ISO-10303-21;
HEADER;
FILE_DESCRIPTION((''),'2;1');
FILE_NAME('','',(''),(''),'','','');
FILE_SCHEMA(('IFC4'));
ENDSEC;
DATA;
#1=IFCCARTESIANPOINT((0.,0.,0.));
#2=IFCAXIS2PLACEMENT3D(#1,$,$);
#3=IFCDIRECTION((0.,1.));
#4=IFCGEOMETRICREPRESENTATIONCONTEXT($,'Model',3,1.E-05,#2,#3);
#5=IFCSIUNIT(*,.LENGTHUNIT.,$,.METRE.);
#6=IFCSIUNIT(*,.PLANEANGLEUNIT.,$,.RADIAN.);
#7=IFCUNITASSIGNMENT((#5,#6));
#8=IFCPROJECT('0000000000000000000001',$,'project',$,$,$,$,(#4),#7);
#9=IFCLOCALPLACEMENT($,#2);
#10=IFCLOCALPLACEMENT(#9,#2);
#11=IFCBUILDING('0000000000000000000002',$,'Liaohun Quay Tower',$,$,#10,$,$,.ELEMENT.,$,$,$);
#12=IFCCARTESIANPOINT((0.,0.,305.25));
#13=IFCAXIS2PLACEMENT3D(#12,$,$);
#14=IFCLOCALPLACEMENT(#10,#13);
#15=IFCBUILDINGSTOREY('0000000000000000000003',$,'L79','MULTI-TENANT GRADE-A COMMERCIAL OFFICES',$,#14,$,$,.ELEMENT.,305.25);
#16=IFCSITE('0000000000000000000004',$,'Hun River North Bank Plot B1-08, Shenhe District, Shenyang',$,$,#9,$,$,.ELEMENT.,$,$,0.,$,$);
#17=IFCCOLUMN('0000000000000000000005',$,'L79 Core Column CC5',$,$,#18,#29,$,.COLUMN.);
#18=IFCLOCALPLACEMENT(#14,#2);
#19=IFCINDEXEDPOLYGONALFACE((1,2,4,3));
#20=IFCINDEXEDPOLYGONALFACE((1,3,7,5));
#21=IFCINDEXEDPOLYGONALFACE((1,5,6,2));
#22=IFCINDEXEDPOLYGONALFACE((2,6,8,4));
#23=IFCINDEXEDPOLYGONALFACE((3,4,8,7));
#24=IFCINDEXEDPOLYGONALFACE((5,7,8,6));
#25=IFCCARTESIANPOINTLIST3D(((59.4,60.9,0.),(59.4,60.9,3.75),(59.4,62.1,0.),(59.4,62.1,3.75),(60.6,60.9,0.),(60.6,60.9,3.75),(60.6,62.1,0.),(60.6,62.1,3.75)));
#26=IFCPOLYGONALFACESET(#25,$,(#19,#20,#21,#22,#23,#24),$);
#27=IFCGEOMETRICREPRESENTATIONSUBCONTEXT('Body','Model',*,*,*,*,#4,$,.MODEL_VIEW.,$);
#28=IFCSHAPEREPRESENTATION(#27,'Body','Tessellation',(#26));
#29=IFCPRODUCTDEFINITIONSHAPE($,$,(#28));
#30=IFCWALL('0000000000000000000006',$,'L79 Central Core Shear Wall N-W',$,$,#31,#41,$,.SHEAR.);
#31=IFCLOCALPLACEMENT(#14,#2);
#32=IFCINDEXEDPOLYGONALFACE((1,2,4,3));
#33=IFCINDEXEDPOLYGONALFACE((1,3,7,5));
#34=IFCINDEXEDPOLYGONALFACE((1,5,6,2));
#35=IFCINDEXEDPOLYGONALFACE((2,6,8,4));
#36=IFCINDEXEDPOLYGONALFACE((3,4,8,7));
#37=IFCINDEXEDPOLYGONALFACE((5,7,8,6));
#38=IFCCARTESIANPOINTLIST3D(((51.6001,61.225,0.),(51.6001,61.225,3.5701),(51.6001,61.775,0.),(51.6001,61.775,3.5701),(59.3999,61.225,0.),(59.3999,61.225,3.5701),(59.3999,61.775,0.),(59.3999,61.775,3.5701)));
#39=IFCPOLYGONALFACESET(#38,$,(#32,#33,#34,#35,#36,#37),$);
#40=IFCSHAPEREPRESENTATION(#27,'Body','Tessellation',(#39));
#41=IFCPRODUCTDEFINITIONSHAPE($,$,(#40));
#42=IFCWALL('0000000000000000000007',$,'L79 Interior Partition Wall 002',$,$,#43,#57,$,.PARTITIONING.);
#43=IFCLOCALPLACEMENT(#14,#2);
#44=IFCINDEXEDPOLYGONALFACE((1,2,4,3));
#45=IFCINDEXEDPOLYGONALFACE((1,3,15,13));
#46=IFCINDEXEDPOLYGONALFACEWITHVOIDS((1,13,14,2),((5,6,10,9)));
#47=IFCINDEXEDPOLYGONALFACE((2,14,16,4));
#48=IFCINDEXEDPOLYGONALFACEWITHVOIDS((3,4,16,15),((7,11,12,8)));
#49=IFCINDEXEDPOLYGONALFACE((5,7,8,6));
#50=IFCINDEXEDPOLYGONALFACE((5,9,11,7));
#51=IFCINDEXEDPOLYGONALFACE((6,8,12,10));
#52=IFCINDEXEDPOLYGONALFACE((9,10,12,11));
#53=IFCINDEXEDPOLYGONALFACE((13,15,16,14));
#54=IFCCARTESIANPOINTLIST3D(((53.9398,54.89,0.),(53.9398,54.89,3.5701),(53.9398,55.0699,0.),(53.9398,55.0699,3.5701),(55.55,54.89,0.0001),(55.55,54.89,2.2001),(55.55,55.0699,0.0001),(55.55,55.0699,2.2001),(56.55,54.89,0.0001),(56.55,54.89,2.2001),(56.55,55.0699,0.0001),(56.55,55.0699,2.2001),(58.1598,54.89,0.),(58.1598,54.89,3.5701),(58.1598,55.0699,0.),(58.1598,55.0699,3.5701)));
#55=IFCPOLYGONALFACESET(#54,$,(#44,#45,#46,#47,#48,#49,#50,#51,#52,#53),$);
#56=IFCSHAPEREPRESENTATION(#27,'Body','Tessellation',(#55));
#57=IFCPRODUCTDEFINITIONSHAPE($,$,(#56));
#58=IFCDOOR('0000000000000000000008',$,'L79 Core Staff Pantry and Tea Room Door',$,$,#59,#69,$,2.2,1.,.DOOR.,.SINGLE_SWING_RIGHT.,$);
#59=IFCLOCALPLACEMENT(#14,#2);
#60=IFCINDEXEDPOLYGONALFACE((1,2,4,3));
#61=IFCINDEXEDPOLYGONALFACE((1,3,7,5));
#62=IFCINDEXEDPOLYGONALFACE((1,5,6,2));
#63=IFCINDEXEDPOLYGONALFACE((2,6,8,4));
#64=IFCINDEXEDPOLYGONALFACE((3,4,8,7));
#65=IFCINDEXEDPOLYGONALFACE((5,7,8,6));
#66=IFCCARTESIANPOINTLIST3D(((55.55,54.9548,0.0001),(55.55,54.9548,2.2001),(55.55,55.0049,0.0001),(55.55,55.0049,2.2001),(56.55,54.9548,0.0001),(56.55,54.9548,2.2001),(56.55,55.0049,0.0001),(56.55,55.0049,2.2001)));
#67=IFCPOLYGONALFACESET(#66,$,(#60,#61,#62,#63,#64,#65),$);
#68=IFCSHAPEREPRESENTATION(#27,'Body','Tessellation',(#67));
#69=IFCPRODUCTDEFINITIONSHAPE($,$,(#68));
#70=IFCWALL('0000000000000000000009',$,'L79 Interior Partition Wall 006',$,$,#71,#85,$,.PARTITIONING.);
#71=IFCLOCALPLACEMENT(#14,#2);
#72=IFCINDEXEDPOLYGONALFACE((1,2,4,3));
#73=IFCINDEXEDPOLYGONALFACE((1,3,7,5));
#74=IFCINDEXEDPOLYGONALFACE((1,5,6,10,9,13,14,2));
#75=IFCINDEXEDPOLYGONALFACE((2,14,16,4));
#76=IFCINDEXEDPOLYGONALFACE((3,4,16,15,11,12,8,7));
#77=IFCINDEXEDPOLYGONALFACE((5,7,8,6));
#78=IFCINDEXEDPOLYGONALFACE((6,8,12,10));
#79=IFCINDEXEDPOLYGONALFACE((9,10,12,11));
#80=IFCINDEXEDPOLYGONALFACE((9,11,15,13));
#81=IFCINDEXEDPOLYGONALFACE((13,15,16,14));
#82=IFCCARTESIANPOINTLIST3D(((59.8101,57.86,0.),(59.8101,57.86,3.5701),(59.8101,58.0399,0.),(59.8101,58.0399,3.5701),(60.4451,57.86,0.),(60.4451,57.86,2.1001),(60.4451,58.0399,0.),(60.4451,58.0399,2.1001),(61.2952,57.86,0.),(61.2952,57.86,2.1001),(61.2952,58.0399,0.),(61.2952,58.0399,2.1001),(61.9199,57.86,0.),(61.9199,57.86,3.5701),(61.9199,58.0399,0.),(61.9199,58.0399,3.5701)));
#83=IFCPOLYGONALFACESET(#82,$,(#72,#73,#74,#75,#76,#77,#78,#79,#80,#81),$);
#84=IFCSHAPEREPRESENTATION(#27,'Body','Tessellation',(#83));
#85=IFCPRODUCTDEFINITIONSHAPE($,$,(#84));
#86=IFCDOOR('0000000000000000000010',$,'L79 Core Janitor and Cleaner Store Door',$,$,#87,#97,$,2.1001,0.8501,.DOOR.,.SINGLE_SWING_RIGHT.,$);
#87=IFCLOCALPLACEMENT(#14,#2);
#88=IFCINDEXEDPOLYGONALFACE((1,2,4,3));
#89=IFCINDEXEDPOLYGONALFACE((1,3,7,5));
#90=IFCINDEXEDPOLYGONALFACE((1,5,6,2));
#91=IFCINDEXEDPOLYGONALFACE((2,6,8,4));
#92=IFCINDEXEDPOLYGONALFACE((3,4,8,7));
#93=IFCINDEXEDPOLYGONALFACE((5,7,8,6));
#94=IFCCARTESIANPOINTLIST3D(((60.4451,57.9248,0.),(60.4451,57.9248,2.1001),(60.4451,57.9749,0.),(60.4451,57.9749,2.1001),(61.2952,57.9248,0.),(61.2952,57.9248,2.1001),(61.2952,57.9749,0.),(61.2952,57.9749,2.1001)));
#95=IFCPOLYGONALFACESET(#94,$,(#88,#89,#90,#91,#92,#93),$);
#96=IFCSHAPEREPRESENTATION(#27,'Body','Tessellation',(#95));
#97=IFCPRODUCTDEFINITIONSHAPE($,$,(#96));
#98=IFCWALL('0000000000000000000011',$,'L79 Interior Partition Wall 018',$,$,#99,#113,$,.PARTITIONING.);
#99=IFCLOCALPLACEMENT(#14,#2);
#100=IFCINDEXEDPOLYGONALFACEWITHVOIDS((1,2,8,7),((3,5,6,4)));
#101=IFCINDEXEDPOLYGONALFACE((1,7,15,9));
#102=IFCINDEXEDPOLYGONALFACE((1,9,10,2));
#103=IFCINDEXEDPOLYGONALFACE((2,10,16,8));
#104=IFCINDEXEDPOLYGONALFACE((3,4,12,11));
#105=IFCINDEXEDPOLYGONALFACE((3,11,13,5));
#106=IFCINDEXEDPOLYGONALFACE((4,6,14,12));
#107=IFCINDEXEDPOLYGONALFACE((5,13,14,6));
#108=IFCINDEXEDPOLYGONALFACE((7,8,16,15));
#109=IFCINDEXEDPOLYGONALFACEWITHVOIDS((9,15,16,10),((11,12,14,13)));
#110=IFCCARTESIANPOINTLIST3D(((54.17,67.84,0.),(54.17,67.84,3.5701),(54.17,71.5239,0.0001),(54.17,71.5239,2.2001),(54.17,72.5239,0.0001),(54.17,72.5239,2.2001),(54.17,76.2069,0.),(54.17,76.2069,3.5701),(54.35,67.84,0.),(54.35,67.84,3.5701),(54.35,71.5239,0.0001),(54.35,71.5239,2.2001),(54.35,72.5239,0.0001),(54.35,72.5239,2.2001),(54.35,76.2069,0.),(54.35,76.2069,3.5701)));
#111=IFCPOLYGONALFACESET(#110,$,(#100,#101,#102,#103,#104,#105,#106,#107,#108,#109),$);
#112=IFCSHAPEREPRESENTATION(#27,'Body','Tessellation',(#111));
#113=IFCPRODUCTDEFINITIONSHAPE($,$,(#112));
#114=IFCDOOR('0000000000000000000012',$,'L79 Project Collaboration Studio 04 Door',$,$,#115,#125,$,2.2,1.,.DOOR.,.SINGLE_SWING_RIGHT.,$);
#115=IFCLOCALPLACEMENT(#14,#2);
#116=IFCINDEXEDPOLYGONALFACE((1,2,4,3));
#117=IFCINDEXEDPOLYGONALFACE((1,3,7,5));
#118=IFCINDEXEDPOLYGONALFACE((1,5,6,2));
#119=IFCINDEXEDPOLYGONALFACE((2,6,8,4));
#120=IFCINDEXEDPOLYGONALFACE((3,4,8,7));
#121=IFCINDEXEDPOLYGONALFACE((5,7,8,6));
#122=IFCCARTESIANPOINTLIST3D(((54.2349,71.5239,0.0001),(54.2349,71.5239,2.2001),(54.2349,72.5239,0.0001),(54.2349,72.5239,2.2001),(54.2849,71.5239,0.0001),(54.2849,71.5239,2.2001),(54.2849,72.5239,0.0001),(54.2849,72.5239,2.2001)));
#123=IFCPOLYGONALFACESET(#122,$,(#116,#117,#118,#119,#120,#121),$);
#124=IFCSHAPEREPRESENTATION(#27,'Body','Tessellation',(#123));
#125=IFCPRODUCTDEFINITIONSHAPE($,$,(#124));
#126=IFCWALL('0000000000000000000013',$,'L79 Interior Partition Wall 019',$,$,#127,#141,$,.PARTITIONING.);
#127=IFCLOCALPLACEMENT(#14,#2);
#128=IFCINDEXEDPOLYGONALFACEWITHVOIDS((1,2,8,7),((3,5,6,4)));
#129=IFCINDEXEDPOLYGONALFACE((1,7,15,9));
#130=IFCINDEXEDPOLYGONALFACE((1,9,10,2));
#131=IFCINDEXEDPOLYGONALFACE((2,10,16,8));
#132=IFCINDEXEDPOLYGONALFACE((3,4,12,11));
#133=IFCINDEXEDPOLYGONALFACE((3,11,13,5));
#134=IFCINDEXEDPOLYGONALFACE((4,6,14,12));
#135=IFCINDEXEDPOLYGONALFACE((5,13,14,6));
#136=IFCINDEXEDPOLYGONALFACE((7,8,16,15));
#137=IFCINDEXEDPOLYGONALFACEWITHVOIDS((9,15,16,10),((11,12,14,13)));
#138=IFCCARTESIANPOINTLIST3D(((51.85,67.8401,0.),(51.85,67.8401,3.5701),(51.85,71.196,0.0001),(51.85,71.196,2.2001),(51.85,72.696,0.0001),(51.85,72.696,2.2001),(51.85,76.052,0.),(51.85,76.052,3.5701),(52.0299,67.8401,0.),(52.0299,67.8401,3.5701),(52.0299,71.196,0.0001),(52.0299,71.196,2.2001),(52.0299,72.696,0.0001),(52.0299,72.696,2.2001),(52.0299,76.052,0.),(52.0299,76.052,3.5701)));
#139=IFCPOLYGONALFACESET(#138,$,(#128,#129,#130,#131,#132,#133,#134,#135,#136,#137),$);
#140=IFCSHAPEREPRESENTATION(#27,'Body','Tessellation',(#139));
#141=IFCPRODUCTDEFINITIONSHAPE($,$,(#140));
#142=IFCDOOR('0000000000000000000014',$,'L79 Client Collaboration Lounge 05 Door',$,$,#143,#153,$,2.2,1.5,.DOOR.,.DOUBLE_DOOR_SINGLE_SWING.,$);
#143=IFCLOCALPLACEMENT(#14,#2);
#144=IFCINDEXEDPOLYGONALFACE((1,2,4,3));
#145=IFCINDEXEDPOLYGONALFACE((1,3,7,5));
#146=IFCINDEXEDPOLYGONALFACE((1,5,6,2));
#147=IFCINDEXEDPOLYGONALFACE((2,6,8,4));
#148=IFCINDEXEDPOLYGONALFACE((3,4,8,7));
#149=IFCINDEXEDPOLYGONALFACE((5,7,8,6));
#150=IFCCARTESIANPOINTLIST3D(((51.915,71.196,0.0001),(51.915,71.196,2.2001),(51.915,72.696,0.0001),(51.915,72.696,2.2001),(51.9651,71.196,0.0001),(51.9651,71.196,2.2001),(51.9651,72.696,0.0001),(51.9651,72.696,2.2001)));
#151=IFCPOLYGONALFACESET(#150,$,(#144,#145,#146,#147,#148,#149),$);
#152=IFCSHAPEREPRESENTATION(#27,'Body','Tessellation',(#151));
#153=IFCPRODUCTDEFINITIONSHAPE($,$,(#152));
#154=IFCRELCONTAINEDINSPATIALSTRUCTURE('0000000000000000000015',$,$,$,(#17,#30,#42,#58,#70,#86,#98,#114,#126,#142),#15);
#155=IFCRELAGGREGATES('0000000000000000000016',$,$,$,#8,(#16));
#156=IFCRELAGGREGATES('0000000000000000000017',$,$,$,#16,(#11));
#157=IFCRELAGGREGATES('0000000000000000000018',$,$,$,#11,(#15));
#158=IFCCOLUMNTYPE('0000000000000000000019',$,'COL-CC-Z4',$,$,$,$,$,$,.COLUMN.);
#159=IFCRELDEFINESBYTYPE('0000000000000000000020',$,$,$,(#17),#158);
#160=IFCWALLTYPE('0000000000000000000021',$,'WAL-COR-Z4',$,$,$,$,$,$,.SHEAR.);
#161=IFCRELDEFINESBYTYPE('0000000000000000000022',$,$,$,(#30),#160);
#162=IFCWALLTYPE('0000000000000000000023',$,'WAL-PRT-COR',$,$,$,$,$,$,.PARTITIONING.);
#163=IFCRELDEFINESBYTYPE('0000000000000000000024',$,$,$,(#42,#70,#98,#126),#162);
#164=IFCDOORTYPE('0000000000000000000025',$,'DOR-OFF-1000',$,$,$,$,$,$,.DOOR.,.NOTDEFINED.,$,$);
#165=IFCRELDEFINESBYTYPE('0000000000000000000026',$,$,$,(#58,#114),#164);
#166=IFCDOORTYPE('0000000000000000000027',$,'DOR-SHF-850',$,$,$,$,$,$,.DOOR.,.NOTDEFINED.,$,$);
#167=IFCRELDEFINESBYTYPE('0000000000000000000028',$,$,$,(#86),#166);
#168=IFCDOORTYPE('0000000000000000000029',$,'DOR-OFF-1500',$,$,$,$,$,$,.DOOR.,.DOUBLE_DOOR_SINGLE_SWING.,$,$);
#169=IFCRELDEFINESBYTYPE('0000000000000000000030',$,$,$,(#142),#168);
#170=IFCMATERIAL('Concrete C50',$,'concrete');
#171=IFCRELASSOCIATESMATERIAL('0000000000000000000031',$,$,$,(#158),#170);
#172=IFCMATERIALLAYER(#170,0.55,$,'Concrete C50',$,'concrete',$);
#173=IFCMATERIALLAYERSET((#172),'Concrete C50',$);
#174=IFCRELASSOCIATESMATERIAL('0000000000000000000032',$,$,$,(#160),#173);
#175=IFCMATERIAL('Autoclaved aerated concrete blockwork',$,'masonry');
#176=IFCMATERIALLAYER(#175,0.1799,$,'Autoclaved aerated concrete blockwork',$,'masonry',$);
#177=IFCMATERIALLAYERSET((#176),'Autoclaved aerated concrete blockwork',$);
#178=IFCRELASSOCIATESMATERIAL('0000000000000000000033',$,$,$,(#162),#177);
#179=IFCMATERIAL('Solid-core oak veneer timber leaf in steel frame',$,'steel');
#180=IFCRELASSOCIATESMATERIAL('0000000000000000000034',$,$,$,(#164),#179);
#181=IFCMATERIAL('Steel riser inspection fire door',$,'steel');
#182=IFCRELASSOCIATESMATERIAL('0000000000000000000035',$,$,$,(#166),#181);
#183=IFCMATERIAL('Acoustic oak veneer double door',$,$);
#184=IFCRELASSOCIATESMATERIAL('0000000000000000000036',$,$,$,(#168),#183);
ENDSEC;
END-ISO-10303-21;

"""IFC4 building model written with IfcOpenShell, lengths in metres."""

from ifc_helpers import new_model, si_unit, direction, frame, frame_2d, origin, origin_2d, place, context, subcontext, project, spatial, rectangle, extrude, source, transform, mapped, material, layer, layer_set, material_profile, profile_set, type_object, element, fill, save


model = new_model("IFC4")

# Units and contexts
model_context = context("Model", 3, precision=1e-05, world=origin(), true_north=direction((0.0, 1.0)))
body_context = subcontext(model_context, "Body", "Model", "MODEL_VIEW")
ifc_project = project(units=[si_unit("LENGTHUNIT", "METRE"), si_unit("PLANEANGLEUNIT", "RADIAN")], contexts=[model_context])

# Site, building, storey
site_placement = place(None, origin())
site = spatial("IfcSite", under=ifc_project, at=site_placement, Name="Hun River North Bank Plot B1-08, Shenhe District, Shenyang", CompositionType="ELEMENT", RefElevation=0.0)
building_placement = place(site_placement, origin())
building = spatial("IfcBuilding", under=site, at=building_placement, Name="Liaohun Quay Tower", CompositionType="ELEMENT")
storey_placement = place(building_placement, frame((0.0, 0.0, 305.25)))
storey = spatial("IfcBuildingStorey", under=building, at=storey_placement, Name="L79", Description="MULTI-TENANT GRADE-A COMMERCIAL OFFICES", CompositionType="ELEMENT", Elevation=305.25)

# Column
ifc_material_1 = material(Name="Concrete C50", Category="concrete")
ifc_material_profile = material_profile(ifc_material_1, rectangle(XDim=1.2, YDim=1.2, at=origin_2d()), Name="RC1200x1200")
ifc_profile_set = profile_set([ifc_material_profile], Name="Concrete C50")
column_type = type_object("IfcColumnType", Name="COL-CC-Z4", PredefinedType="COLUMN", material=ifc_profile_set)
shared_shape_1 = source(origin(), body_context, "Body", "SweptSolid", [
    extrude(rectangle(XDim=1.2, YDim=1.2, at=origin_2d()), origin(), (0.0, 0.0, 1.0), 3.75),
])
column_placement = place(storey_placement, frame((60.0, 61.5, 0.0), z_axis=(0.0, 0.0, 1.0), x_axis=(1.0, 0.0, 0.0)))
element("IfcColumn", 1, at=column_placement, inside=storey, type_object=column_type, Name="L79 Core Column CC5", PredefinedType="COLUMN", context=body_context, shape_type="MappedRepresentation", body=[
    mapped(shared_shape_1, transform((0.0, 0.0, 0.0), x_axis=(1.0, 0.0, 0.0), y_axis=(0.0, 1.0, 0.0), z_axis=(0.0, 0.0, 1.0), scale=1.0)),
])

# Wall
ifc_layer_1 = layer(ifc_material_1, 0.55, Name="Concrete C50", Category="concrete")
ifc_layer_set_1 = layer_set([ifc_layer_1], Name="Concrete C50")
wall_type_1 = type_object("IfcWallType", Name="WAL-COR-Z4", PredefinedType="SHEAR", material=ifc_layer_set_1)
wall_1_placement = place(storey_placement, frame((51.6001, 61.5, 0.0), z_axis=(0.0, 0.0, 1.0), x_axis=(1.0, 0.0, 0.0)))
element("IfcWall", 2, at=wall_1_placement, inside=storey, type_object=wall_type_1, Name="L79 Central Core Shear Wall N-W", PredefinedType="SHEAR", context=body_context, shape_type="SweptSolid", body=[
    extrude(rectangle(XDim=7.7998, YDim=0.55, at=frame_2d((3.8999, 0.0))), origin(), (0.0, 0.0, 1.0), 3.5701),
])

# Walls, openings, doors
ifc_material_2 = material(Name="Autoclaved aerated concrete blockwork", Category="masonry")
ifc_layer_2 = layer(ifc_material_2, 0.1799, Name="Autoclaved aerated concrete blockwork", Category="masonry")
ifc_layer_set_2 = layer_set([ifc_layer_2], Name="Autoclaved aerated concrete blockwork")
wall_type_2 = type_object("IfcWallType", Name="WAL-PRT-COR", PredefinedType="PARTITIONING", material=ifc_layer_set_2)
wall_2_placement = place(storey_placement, frame((53.9399, 54.98, 0.0), z_axis=(0.0, 0.0, 1.0), x_axis=(1.0, 0.0, 0.0)))
wall_2 = element("IfcWall", 3, at=wall_2_placement, inside=storey, type_object=wall_type_2, Name="L79 Interior Partition Wall 002", PredefinedType="PARTITIONING", context=body_context, shape_type="SweptSolid", body=[
    extrude(rectangle(XDim=4.22, YDim=0.1799, at=frame_2d((2.1099, 0.0))), origin(), (0.0, 0.0, 1.0), 3.5701),
])
shared_shape_2 = source(origin(), body_context, "Body", "SweptSolid", [
    extrude(rectangle(XDim=1.0, YDim=2.2, at=frame_2d((0.5, 1.1001))), frame((0.0, 0.0999, 0.0), z_axis=(0.0, -1.0, 0.0), x_axis=(1.0, 0.0, 0.0)), (0.0, 0.0, 1.0), 0.2),
])
opening_1_placement = place(wall_2_placement, frame((1.6101, 0.0, 0.0)))
opening_1 = element("IfcOpeningElement", 4, at=opening_1_placement, cuts=wall_2, PredefinedType="OPENING", context=body_context, shape_type="MappedRepresentation", body=[
    mapped(shared_shape_2, transform((0.0, 0.0, 0.0), x_axis=(1.0, 0.0, 0.0), y_axis=(0.0, 1.0, 0.0), z_axis=(0.0, 0.0, 1.0), scale=1.0)),
])
ifc_material_3 = material(Name="Solid-core oak veneer timber leaf in steel frame", Category="steel")
door_type_1 = type_object("IfcDoorType", Name="DOR-OFF-1000", OperationType="NOTDEFINED", PredefinedType="DOOR", material=ifc_material_3)
shared_shape_3 = source(origin(), body_context, "Body", "SweptSolid", [
    extrude(rectangle(XDim=1.0, YDim=2.2, at=frame_2d((0.5, 1.1001))), frame((0.0, 0.0249, 0.0), z_axis=(0.0, -1.0, 0.0), x_axis=(1.0, 0.0, 0.0)), (0.0, 0.0, 1.0), 0.05),
])
door_1_placement = place(opening_1_placement, origin())
door_1 = element("IfcDoor", 5, at=door_1_placement, inside=storey, type_object=door_type_1, Name="L79 Core Staff Pantry and Tea Room Door", OperationType="SINGLE_SWING_RIGHT", OverallHeight=2.2, OverallWidth=1.0, PredefinedType="DOOR", context=body_context, shape_type="MappedRepresentation", body=[
    mapped(shared_shape_3, transform((0.0, 0.0, 0.0), x_axis=(1.0, 0.0, 0.0), y_axis=(0.0, 1.0, 0.0), z_axis=(0.0, 0.0, 1.0), scale=1.0)),
])
fill(opening_1, door_1)
wall_3_placement = place(storey_placement, frame((59.8101, 57.95, 0.0), z_axis=(0.0, 0.0, 1.0), x_axis=(1.0, 0.0, 0.0)))
wall_3 = element("IfcWall", 6, at=wall_3_placement, inside=storey, type_object=wall_type_2, Name="L79 Interior Partition Wall 006", PredefinedType="PARTITIONING", context=body_context, shape_type="SweptSolid", body=[
    extrude(rectangle(XDim=2.1099, YDim=0.1799, at=frame_2d((1.0549, 0.0))), origin(), (0.0, 0.0, 1.0), 3.5701),
])
shared_shape_4 = source(origin(), body_context, "Body", "SweptSolid", [
    extrude(rectangle(XDim=0.8501, YDim=2.1001, at=frame_2d((0.425, 1.05))), frame((0.0, 0.0999, 0.0), z_axis=(0.0, -1.0, 0.0), x_axis=(1.0, 0.0, 0.0)), (0.0, 0.0, 1.0), 0.2),
])
opening_2_placement = place(wall_3_placement, frame((0.635, 0.0, 0.0)))
opening_2 = element("IfcOpeningElement", 7, at=opening_2_placement, cuts=wall_3, PredefinedType="OPENING", context=body_context, shape_type="MappedRepresentation", body=[
    mapped(shared_shape_4, transform((0.0, 0.0, 0.0), x_axis=(1.0, 0.0, 0.0), y_axis=(0.0, 1.0, 0.0), z_axis=(0.0, 0.0, 1.0), scale=1.0)),
])
ifc_material_4 = material(Name="Steel riser inspection fire door", Category="steel")
door_type_2 = type_object("IfcDoorType", Name="DOR-SHF-850", OperationType="NOTDEFINED", PredefinedType="DOOR", material=ifc_material_4)
shared_shape_5 = source(origin(), body_context, "Body", "SweptSolid", [
    extrude(rectangle(XDim=0.8501, YDim=2.1001, at=frame_2d((0.425, 1.05))), frame((0.0, 0.0249, 0.0), z_axis=(0.0, -1.0, 0.0), x_axis=(1.0, 0.0, 0.0)), (0.0, 0.0, 1.0), 0.05),
])
door_2_placement = place(opening_2_placement, origin())
door_2 = element("IfcDoor", 8, at=door_2_placement, inside=storey, type_object=door_type_2, Name="L79 Core Janitor and Cleaner Store Door", OperationType="SINGLE_SWING_RIGHT", OverallHeight=2.1001, OverallWidth=0.8501, PredefinedType="DOOR", context=body_context, shape_type="MappedRepresentation", body=[
    mapped(shared_shape_5, transform((0.0, 0.0, 0.0), x_axis=(1.0, 0.0, 0.0), y_axis=(0.0, 1.0, 0.0), z_axis=(0.0, 0.0, 1.0), scale=1.0)),
])
fill(opening_2, door_2)
wall_4_placement = place(storey_placement, frame((54.26, 76.207, 0.0), z_axis=(0.0, 0.0, 1.0), x_axis=(0.0, -1.0, 0.0)))
wall_4 = element("IfcWall", 9, at=wall_4_placement, inside=storey, type_object=wall_type_2, Name="L79 Interior Partition Wall 018", PredefinedType="PARTITIONING", context=body_context, shape_type="SweptSolid", body=[
    extrude(rectangle(XDim=8.3669, YDim=0.1799, at=frame_2d((4.1836, 0.0))), origin(), (0.0, 0.0, 1.0), 3.5701),
])
opening_3_placement = place(wall_4_placement, frame((3.6831, 0.0, 0.0)))
opening_3 = element("IfcOpeningElement", 10, at=opening_3_placement, cuts=wall_4, PredefinedType="OPENING", context=body_context, shape_type="MappedRepresentation", body=[
    mapped(shared_shape_2, transform((0.0, 0.0, 0.0), x_axis=(1.0, 0.0, 0.0), y_axis=(0.0, 1.0, 0.0), z_axis=(0.0, 0.0, 1.0), scale=1.0)),
])
door_3_placement = place(opening_3_placement, origin())
door_3 = element("IfcDoor", 11, at=door_3_placement, inside=storey, type_object=door_type_1, Name="L79 Project Collaboration Studio 04 Door", OperationType="SINGLE_SWING_RIGHT", OverallHeight=2.2, OverallWidth=1.0, PredefinedType="DOOR", context=body_context, shape_type="MappedRepresentation", body=[
    mapped(shared_shape_3, transform((0.0, 0.0, 0.0), x_axis=(1.0, 0.0, 0.0), y_axis=(0.0, 1.0, 0.0), z_axis=(0.0, 0.0, 1.0), scale=1.0)),
])
fill(opening_3, door_3)
wall_5_placement = place(storey_placement, frame((51.9399, 67.8401, 0.0), z_axis=(0.0, 0.0, 1.0), x_axis=(0.0, 1.0, 0.0)))
wall_5 = element("IfcWall", 12, at=wall_5_placement, inside=storey, type_object=wall_type_2, Name="L79 Interior Partition Wall 019", PredefinedType="PARTITIONING", context=body_context, shape_type="SweptSolid", body=[
    extrude(rectangle(XDim=8.2119, YDim=0.1799, at=frame_2d((4.106, 0.0))), origin(), (0.0, 0.0, 1.0), 3.5701),
])
shared_shape_6 = source(origin(), body_context, "Body", "SweptSolid", [
    extrude(rectangle(XDim=1.5, YDim=2.2, at=frame_2d((0.75, 1.1001))), frame((0.0, 0.0999, 0.0), z_axis=(0.0, -1.0, 0.0), x_axis=(1.0, 0.0, 0.0)), (0.0, 0.0, 1.0), 0.2),
])
opening_4_placement = place(wall_5_placement, frame((3.356, 0.0, 0.0)))
opening_4 = element("IfcOpeningElement", 13, at=opening_4_placement, cuts=wall_5, PredefinedType="OPENING", context=body_context, shape_type="MappedRepresentation", body=[
    mapped(shared_shape_6, transform((0.0, 0.0, 0.0), x_axis=(1.0, 0.0, 0.0), y_axis=(0.0, 1.0, 0.0), z_axis=(0.0, 0.0, 1.0), scale=1.0)),
])
ifc_material_5 = material(Name="Acoustic oak veneer double door")
door_type_3 = type_object("IfcDoorType", Name="DOR-OFF-1500", OperationType="DOUBLE_DOOR_SINGLE_SWING", PredefinedType="DOOR", material=ifc_material_5)
shared_shape_7 = source(origin(), body_context, "Body", "SweptSolid", [
    extrude(rectangle(XDim=1.5, YDim=2.2, at=frame_2d((0.75, 1.1001))), frame((0.0, 0.0249, 0.0), z_axis=(0.0, -1.0, 0.0), x_axis=(1.0, 0.0, 0.0)), (0.0, 0.0, 1.0), 0.05),
])
door_4_placement = place(opening_4_placement, origin())
door_4 = element("IfcDoor", 14, at=door_4_placement, inside=storey, type_object=door_type_3, Name="L79 Client Collaboration Lounge 05 Door", OperationType="DOUBLE_DOOR_SINGLE_SWING", OverallHeight=2.2, OverallWidth=1.5, PredefinedType="DOOR", context=body_context, shape_type="MappedRepresentation", body=[
    mapped(shared_shape_7, transform((0.0, 0.0, 0.0), x_axis=(1.0, 0.0, 0.0), y_axis=(0.0, 1.0, 0.0), z_axis=(0.0, 0.0, 1.0), scale=1.0)),
])
fill(opening_4, door_4)

save(model, "model.ifc")
